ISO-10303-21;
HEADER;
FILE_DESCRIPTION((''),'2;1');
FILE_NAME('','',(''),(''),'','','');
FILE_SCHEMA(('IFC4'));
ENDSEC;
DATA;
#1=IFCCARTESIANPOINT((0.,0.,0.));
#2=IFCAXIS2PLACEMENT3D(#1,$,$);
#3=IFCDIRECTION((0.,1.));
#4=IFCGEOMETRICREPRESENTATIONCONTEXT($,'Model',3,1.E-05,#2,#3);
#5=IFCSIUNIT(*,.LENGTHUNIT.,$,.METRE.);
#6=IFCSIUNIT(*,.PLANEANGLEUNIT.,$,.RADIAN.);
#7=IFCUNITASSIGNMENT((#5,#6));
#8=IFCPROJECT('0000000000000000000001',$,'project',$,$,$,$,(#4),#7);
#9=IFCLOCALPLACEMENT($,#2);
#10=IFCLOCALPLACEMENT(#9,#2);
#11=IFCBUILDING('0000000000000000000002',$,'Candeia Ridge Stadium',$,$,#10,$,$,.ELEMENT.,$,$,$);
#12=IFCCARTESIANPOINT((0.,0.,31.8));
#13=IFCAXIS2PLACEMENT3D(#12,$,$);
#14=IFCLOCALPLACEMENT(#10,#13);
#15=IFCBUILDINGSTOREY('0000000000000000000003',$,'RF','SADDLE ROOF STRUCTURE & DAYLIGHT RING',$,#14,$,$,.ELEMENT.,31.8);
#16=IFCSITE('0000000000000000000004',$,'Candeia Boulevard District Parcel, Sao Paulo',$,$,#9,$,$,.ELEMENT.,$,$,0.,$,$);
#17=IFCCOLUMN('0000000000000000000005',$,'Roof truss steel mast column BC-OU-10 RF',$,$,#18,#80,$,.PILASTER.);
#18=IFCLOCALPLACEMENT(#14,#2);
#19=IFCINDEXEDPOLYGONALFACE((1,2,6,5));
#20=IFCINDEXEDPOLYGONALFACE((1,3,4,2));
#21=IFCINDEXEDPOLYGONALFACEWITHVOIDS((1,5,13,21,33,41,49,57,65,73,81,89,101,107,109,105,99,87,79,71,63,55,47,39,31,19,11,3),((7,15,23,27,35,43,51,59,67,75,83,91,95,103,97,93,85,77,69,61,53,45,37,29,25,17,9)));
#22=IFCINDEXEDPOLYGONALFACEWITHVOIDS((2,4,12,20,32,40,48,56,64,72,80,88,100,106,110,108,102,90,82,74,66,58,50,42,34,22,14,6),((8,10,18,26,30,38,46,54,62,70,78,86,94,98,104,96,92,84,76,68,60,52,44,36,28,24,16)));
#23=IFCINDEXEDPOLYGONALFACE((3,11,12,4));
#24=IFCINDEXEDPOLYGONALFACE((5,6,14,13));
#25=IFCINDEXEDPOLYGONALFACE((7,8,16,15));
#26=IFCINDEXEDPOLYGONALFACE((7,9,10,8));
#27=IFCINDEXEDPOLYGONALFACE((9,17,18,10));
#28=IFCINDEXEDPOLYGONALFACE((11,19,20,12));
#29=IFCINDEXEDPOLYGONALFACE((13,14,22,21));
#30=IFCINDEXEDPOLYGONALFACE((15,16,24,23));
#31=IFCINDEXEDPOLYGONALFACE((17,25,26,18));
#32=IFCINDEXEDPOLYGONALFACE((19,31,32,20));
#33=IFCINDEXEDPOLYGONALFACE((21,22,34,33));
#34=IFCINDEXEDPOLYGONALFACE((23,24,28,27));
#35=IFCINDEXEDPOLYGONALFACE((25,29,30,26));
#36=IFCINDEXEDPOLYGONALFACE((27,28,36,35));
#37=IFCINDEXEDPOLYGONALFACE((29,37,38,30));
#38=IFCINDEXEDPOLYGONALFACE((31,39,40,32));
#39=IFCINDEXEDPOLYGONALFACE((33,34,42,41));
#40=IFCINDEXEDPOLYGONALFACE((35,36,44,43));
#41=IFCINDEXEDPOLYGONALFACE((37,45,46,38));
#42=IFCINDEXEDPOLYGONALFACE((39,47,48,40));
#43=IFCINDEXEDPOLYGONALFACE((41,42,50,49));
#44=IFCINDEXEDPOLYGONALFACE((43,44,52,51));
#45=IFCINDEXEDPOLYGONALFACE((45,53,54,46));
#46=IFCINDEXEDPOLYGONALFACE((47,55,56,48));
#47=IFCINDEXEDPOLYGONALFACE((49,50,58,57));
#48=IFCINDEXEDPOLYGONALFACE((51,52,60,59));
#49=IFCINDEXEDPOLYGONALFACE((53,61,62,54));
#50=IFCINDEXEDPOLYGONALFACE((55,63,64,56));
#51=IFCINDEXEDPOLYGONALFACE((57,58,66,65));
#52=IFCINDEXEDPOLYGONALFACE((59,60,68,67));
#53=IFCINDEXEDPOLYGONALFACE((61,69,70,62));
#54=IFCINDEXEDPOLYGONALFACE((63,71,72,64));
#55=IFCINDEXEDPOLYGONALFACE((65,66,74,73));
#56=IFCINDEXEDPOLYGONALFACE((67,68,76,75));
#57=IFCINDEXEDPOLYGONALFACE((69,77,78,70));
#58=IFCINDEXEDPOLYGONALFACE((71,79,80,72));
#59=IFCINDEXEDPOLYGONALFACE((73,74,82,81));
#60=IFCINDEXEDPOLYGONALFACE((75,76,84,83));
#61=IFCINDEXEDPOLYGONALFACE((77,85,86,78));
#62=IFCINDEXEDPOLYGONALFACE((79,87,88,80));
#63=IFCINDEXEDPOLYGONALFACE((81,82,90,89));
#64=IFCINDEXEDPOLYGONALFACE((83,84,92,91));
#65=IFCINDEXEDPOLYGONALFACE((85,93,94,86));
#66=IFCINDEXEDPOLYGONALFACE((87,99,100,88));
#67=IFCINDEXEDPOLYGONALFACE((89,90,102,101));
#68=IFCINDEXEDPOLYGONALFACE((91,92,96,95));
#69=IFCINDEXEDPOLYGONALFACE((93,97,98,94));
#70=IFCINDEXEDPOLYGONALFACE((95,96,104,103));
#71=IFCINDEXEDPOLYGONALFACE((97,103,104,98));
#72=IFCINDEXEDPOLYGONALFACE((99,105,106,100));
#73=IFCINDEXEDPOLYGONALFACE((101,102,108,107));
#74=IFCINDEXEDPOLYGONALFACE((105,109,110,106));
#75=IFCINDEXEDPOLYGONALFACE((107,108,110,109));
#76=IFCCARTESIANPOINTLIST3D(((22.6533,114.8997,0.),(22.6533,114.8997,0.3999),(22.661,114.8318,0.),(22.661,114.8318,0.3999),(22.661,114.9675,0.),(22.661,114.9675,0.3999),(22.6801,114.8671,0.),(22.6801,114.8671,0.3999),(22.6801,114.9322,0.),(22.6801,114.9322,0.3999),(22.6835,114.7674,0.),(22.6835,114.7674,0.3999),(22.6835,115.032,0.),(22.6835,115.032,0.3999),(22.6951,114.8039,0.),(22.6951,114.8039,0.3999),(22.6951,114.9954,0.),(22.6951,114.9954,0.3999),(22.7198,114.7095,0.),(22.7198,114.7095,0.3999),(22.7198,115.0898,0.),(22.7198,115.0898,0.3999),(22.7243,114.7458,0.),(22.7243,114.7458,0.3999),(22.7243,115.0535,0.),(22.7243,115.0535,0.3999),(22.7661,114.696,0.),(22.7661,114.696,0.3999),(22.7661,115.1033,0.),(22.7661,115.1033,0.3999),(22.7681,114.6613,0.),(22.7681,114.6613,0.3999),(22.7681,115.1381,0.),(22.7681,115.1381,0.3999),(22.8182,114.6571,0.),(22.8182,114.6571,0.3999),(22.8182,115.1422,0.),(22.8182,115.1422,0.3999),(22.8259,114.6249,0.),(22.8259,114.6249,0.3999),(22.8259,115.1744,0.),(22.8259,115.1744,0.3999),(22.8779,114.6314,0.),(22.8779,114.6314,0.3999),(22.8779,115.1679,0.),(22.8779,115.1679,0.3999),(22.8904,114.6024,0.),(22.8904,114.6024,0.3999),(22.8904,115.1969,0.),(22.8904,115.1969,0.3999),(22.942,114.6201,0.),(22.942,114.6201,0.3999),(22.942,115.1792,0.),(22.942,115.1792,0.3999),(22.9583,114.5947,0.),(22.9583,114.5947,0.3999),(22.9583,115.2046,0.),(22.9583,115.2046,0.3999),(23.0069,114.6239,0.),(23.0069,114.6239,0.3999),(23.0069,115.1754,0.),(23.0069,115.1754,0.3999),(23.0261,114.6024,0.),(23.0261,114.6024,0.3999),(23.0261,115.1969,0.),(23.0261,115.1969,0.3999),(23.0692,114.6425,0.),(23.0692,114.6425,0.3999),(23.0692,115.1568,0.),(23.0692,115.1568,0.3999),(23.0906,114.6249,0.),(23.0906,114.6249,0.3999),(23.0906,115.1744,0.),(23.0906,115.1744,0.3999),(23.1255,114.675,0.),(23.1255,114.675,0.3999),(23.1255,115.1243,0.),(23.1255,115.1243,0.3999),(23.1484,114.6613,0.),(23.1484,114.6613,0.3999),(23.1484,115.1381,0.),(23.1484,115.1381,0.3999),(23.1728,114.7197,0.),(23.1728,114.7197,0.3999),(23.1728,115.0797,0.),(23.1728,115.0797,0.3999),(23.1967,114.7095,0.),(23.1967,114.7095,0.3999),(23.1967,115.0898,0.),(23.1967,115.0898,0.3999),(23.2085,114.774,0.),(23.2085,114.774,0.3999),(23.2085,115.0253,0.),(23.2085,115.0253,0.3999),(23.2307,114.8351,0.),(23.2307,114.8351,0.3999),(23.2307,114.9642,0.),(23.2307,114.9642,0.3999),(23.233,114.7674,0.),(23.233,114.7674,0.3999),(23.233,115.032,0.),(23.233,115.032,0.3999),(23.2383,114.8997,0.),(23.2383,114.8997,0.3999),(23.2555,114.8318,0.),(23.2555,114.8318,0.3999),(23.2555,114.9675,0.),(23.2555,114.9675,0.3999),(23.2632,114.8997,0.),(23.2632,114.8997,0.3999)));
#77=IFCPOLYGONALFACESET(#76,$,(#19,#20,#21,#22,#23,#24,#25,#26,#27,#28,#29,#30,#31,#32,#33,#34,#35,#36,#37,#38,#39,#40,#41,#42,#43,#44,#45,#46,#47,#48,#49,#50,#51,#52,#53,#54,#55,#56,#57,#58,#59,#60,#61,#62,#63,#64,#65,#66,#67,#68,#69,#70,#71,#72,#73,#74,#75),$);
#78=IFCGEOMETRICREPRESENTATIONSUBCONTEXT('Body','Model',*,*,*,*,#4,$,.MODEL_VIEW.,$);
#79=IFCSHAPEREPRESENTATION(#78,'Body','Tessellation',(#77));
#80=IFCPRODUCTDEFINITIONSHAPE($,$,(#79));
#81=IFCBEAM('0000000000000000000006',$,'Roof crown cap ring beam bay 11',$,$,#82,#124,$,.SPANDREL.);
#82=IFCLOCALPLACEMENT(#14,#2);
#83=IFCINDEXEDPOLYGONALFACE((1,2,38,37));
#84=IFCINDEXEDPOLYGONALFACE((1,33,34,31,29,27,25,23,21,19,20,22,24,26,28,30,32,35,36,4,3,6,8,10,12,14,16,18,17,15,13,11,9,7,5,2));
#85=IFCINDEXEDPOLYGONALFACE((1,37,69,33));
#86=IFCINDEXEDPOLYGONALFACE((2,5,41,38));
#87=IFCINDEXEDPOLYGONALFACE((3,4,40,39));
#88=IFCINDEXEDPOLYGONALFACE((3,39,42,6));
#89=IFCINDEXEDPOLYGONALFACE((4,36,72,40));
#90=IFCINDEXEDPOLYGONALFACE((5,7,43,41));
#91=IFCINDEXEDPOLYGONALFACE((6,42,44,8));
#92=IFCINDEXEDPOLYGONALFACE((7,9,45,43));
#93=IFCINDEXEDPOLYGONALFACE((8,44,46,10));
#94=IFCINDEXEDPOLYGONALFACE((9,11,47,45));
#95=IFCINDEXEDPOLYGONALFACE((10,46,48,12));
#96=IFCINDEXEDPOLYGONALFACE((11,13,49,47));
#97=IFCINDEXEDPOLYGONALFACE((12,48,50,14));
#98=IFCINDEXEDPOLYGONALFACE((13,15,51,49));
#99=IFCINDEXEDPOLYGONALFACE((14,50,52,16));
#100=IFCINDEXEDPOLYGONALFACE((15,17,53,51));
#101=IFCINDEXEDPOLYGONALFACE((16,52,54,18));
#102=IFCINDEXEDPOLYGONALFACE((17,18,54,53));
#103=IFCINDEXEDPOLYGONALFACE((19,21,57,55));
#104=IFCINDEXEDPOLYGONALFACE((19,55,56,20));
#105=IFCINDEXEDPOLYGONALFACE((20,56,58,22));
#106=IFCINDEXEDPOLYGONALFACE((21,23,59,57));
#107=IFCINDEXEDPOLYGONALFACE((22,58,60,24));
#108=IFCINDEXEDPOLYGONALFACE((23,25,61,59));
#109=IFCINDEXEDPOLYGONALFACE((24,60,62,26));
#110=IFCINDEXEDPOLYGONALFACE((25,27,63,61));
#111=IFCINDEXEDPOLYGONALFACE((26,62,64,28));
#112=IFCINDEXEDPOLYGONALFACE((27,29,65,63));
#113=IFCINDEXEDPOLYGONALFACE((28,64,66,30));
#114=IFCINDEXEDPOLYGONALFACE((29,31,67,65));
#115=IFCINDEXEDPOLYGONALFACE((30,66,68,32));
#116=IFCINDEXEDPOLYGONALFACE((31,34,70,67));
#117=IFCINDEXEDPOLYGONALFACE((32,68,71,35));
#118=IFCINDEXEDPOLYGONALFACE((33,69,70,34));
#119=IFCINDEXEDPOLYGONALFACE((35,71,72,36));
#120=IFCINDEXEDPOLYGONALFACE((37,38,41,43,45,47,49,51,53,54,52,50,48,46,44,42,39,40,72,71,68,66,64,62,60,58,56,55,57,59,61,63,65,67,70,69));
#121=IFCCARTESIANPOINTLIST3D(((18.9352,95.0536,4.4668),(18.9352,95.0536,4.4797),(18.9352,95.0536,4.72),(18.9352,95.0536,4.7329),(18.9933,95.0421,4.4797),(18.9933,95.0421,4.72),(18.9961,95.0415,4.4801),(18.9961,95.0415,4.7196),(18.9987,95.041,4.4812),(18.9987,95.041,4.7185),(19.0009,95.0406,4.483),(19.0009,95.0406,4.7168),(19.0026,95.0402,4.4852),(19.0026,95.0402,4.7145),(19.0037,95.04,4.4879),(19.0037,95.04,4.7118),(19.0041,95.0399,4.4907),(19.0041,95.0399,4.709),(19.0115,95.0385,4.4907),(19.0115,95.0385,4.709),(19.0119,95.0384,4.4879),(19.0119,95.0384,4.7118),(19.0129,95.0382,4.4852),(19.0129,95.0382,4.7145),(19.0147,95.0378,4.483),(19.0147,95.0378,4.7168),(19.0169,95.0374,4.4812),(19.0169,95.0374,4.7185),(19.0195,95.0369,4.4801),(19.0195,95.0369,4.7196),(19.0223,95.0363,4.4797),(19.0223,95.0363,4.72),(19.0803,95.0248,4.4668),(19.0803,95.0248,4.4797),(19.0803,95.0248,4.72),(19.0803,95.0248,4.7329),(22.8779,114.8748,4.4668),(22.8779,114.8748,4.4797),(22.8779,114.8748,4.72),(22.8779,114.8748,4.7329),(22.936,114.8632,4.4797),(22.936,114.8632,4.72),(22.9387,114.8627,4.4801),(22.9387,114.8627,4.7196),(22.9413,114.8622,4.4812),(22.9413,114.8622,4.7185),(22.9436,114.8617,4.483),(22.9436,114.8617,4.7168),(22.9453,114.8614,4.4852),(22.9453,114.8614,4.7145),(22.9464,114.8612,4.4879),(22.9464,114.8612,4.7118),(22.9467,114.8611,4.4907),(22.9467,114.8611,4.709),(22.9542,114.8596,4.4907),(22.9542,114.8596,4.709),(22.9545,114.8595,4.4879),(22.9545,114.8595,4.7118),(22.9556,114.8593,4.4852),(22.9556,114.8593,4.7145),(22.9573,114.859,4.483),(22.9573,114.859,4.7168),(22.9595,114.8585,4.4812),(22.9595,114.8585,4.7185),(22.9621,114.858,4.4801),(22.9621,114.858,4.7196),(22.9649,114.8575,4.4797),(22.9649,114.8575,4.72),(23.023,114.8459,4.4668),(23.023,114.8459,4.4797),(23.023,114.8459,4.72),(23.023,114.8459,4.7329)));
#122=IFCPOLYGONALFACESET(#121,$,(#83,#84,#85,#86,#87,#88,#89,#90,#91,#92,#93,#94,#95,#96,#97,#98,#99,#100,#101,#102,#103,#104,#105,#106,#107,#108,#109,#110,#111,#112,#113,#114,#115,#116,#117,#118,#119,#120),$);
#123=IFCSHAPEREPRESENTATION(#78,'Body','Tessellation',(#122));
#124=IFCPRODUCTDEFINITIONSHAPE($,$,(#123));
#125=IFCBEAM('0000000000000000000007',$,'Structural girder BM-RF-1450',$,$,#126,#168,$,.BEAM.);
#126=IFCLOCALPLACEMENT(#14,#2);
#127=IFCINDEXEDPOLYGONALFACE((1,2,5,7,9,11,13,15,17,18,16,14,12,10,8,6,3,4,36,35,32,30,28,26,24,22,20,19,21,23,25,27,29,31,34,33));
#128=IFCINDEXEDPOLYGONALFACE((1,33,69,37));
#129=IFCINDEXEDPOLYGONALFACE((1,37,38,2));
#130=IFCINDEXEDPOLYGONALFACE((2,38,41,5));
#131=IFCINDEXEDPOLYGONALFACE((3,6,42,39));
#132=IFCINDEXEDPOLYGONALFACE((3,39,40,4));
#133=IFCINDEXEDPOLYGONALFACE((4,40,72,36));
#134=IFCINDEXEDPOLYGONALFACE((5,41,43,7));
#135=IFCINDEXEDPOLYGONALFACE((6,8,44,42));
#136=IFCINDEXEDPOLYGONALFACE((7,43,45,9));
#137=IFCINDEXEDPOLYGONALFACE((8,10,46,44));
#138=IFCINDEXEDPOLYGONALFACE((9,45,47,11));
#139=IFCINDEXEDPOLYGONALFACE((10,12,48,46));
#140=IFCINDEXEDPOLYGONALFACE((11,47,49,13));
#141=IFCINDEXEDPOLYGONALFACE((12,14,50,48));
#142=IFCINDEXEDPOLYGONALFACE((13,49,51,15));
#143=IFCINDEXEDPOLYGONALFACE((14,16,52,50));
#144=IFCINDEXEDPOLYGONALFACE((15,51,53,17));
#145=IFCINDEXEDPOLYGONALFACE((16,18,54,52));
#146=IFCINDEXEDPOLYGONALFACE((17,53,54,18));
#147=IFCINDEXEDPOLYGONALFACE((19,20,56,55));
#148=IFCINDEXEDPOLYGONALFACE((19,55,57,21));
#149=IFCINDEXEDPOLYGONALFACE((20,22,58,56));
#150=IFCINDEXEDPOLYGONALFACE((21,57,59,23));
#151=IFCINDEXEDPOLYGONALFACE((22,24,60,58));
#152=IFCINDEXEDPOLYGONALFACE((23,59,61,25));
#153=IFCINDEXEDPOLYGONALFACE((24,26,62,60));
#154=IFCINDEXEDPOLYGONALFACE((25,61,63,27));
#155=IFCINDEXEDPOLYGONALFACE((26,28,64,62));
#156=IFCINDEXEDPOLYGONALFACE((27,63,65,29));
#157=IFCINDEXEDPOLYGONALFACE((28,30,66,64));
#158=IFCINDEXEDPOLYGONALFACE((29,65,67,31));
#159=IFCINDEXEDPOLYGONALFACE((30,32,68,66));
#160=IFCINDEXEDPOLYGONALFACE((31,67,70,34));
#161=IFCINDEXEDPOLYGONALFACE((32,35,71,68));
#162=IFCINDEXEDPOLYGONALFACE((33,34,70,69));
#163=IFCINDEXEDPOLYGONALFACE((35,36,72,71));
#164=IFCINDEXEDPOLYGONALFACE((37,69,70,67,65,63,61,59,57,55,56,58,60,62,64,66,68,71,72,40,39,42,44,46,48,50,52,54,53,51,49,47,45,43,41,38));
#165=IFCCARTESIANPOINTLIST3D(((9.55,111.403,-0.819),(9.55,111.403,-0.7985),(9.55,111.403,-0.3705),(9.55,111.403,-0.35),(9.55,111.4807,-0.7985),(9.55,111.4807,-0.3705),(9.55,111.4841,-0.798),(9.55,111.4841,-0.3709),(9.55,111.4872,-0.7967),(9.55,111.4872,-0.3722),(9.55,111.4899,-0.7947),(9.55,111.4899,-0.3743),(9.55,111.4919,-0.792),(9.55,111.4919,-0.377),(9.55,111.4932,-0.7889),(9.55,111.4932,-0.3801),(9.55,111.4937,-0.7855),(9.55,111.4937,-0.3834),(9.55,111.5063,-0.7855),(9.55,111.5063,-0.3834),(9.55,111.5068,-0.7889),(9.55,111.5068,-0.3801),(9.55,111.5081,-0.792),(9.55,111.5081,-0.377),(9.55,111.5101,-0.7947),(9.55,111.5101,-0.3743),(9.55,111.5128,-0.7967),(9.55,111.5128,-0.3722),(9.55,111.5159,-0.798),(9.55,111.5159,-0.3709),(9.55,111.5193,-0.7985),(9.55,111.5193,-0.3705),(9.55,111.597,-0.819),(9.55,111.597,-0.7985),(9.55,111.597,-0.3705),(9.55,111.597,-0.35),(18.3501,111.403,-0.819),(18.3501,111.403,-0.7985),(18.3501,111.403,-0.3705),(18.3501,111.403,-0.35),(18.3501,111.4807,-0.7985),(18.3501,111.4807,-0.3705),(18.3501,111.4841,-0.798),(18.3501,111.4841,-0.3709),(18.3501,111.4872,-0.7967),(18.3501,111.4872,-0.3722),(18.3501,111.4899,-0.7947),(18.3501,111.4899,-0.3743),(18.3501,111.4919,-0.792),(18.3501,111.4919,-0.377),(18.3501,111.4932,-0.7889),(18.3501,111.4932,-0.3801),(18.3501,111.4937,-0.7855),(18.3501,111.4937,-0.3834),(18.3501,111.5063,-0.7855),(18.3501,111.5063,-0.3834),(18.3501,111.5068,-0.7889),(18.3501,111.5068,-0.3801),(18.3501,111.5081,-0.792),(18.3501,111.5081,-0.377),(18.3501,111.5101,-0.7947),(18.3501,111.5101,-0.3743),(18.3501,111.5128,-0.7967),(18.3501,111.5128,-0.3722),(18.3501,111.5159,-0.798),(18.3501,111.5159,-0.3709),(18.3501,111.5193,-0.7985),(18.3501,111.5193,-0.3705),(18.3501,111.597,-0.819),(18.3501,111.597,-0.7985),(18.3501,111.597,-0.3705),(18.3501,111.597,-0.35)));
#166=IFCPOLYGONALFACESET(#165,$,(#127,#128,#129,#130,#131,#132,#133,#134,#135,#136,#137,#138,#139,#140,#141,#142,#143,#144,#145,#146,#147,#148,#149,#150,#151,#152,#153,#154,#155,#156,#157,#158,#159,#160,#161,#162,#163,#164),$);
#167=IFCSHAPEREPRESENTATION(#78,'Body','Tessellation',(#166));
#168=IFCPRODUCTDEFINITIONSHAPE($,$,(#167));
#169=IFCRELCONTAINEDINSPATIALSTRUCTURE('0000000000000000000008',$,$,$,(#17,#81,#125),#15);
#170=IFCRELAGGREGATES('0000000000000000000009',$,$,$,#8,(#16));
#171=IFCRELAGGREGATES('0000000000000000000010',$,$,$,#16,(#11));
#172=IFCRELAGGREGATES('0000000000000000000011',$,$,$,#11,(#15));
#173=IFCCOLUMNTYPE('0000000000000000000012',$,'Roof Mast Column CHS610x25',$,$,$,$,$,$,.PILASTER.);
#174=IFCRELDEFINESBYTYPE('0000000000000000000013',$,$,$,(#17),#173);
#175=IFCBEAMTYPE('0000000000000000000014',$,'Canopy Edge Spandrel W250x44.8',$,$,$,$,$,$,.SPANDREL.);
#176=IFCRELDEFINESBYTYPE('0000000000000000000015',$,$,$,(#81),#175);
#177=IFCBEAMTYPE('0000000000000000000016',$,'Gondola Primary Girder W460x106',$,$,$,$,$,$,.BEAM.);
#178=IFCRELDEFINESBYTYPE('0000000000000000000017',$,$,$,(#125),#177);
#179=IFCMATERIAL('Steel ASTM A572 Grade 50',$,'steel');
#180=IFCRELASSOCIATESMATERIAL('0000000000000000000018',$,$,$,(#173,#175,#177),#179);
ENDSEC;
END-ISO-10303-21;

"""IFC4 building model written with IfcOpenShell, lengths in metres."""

from ifc_helpers import new_model, si_unit, direction, frame, origin, origin_2d, place, context, subcontext, project, spatial, hollow_circle, i_section, extrude, material, material_profile, profile_set, type_object, element, save


model = new_model("IFC4")

# Units and contexts
model_context = context("Model", 3, precision=1e-05, world=origin(), true_north=direction((0.0, 1.0)))
body_context = subcontext(model_context, "Body", "Model", "MODEL_VIEW")
ifc_project = project(units=[si_unit("LENGTHUNIT", "METRE"), si_unit("PLANEANGLEUNIT", "RADIAN")], contexts=[model_context])

# Site, building, storey
site_placement = place(None, origin())
site = spatial("IfcSite", under=ifc_project, at=site_placement, Name="Candeia Boulevard District Parcel, Sao Paulo", CompositionType="ELEMENT", RefElevation=0.0)
building_placement = place(site_placement, origin())
building = spatial("IfcBuilding", under=site, at=building_placement, Name="Candeia Ridge Stadium", CompositionType="ELEMENT")
storey_placement = place(building_placement, frame((0.0, 0.0, 31.8)))
storey = spatial("IfcBuildingStorey", under=building, at=storey_placement, Name="RF", Description="SADDLE ROOF STRUCTURE & DAYLIGHT RING", CompositionType="ELEMENT", Elevation=31.8)

# Column
ifc_material_1 = material(Name="Steel ASTM A572 Grade 50", Category="steel")
ifc_material_profile_1 = material_profile(ifc_material_1, hollow_circle(Radius=0.3049, WallThickness=0.0249, at=origin_2d()), Name="CHS610x25", Category="steel")
ifc_profile_set_1 = profile_set([ifc_material_profile_1], Name="Steel ASTM A572 Grade 50")
column_type = type_object("IfcColumnType", Name="Roof Mast Column CHS610x25", PredefinedType="PILASTER", material=ifc_profile_set_1)
column_placement = place(storey_placement, frame((22.9583, 114.8997, 0.0), z_axis=(0.0, 0.0, 1.0), x_axis=(1.0, 0.0, 0.0)))
element("IfcColumn", 1, at=column_placement, inside=storey, type_object=column_type, Name="Roof truss steel mast column BC-OU-10 RF", PredefinedType="PILASTER", context=body_context, shape_type="SweptSolid", body=[
    extrude(hollow_circle(Radius=0.3049, WallThickness=0.0249, at=origin_2d()), origin(), (0.0, 0.0, 1.0), 0.3999),
])

# Beams
ifc_material_profile_2 = material_profile(ifc_material_1, i_section(OverallWidth=0.1479, OverallDepth=0.2661, WebThickness=0.0076, FlangeThickness=0.0129, FilletRadius=0.011, at=origin_2d()), Name="W250x44.8", Category="steel")
ifc_profile_set_2 = profile_set([ifc_material_profile_2], Name="Steel ASTM A572 Grade 50")
beam_type_1 = type_object("IfcBeamType", Name="Canopy Edge Spandrel W250x44.8", PredefinedType="SPANDREL", material=ifc_profile_set_2)
beam_1_placement = place(storey_placement, frame((22.9504, 114.8604, 4.5999), z_axis=(-0.195089, -0.980786, 0.0), x_axis=(0.980786, -0.195089, 0.0)))
element("IfcBeam", 2, at=beam_1_placement, inside=storey, type_object=beam_type_1, Name="Roof crown cap ring beam bay 11", PredefinedType="SPANDREL", context=body_context, shape_type="SweptSolid", body=[
    extrude(i_section(OverallWidth=0.1479, OverallDepth=0.2661, WebThickness=0.0076, FlangeThickness=0.0129, FilletRadius=0.011, at=origin_2d()), origin(), (0.0, 0.0, 1.0), 20.2095),
])
ifc_material_profile_3 = material_profile(ifc_material_1, i_section(OverallWidth=0.1941, OverallDepth=0.469, WebThickness=0.0127, FlangeThickness=0.0205, FilletRadius=0.0129, at=origin_2d()), Name="W460x106", Category="steel")
ifc_profile_set_3 = profile_set([ifc_material_profile_3], Name="Steel ASTM A572 Grade 50")
beam_type_2 = type_object("IfcBeamType", Name="Gondola Primary Girder W460x106", PredefinedType="BEAM", material=ifc_profile_set_3)
beam_2_placement = place(storey_placement, frame((9.55, 111.5, -0.5845), z_axis=(1.0, 0.0, 0.0), x_axis=(0.0, 1.0, 0.0)))
element("IfcBeam", 3, at=beam_2_placement, inside=storey, type_object=beam_type_2, Name="Structural girder BM-RF-1450", PredefinedType="BEAM", context=body_context, shape_type="SweptSolid", body=[
    extrude(i_section(OverallWidth=0.1941, OverallDepth=0.469, WebThickness=0.0127, FlangeThickness=0.0205, FilletRadius=0.0129, at=origin_2d()), origin(), (0.0, 0.0, 1.0), 8.8),
])

save(model, "model.ifc")
